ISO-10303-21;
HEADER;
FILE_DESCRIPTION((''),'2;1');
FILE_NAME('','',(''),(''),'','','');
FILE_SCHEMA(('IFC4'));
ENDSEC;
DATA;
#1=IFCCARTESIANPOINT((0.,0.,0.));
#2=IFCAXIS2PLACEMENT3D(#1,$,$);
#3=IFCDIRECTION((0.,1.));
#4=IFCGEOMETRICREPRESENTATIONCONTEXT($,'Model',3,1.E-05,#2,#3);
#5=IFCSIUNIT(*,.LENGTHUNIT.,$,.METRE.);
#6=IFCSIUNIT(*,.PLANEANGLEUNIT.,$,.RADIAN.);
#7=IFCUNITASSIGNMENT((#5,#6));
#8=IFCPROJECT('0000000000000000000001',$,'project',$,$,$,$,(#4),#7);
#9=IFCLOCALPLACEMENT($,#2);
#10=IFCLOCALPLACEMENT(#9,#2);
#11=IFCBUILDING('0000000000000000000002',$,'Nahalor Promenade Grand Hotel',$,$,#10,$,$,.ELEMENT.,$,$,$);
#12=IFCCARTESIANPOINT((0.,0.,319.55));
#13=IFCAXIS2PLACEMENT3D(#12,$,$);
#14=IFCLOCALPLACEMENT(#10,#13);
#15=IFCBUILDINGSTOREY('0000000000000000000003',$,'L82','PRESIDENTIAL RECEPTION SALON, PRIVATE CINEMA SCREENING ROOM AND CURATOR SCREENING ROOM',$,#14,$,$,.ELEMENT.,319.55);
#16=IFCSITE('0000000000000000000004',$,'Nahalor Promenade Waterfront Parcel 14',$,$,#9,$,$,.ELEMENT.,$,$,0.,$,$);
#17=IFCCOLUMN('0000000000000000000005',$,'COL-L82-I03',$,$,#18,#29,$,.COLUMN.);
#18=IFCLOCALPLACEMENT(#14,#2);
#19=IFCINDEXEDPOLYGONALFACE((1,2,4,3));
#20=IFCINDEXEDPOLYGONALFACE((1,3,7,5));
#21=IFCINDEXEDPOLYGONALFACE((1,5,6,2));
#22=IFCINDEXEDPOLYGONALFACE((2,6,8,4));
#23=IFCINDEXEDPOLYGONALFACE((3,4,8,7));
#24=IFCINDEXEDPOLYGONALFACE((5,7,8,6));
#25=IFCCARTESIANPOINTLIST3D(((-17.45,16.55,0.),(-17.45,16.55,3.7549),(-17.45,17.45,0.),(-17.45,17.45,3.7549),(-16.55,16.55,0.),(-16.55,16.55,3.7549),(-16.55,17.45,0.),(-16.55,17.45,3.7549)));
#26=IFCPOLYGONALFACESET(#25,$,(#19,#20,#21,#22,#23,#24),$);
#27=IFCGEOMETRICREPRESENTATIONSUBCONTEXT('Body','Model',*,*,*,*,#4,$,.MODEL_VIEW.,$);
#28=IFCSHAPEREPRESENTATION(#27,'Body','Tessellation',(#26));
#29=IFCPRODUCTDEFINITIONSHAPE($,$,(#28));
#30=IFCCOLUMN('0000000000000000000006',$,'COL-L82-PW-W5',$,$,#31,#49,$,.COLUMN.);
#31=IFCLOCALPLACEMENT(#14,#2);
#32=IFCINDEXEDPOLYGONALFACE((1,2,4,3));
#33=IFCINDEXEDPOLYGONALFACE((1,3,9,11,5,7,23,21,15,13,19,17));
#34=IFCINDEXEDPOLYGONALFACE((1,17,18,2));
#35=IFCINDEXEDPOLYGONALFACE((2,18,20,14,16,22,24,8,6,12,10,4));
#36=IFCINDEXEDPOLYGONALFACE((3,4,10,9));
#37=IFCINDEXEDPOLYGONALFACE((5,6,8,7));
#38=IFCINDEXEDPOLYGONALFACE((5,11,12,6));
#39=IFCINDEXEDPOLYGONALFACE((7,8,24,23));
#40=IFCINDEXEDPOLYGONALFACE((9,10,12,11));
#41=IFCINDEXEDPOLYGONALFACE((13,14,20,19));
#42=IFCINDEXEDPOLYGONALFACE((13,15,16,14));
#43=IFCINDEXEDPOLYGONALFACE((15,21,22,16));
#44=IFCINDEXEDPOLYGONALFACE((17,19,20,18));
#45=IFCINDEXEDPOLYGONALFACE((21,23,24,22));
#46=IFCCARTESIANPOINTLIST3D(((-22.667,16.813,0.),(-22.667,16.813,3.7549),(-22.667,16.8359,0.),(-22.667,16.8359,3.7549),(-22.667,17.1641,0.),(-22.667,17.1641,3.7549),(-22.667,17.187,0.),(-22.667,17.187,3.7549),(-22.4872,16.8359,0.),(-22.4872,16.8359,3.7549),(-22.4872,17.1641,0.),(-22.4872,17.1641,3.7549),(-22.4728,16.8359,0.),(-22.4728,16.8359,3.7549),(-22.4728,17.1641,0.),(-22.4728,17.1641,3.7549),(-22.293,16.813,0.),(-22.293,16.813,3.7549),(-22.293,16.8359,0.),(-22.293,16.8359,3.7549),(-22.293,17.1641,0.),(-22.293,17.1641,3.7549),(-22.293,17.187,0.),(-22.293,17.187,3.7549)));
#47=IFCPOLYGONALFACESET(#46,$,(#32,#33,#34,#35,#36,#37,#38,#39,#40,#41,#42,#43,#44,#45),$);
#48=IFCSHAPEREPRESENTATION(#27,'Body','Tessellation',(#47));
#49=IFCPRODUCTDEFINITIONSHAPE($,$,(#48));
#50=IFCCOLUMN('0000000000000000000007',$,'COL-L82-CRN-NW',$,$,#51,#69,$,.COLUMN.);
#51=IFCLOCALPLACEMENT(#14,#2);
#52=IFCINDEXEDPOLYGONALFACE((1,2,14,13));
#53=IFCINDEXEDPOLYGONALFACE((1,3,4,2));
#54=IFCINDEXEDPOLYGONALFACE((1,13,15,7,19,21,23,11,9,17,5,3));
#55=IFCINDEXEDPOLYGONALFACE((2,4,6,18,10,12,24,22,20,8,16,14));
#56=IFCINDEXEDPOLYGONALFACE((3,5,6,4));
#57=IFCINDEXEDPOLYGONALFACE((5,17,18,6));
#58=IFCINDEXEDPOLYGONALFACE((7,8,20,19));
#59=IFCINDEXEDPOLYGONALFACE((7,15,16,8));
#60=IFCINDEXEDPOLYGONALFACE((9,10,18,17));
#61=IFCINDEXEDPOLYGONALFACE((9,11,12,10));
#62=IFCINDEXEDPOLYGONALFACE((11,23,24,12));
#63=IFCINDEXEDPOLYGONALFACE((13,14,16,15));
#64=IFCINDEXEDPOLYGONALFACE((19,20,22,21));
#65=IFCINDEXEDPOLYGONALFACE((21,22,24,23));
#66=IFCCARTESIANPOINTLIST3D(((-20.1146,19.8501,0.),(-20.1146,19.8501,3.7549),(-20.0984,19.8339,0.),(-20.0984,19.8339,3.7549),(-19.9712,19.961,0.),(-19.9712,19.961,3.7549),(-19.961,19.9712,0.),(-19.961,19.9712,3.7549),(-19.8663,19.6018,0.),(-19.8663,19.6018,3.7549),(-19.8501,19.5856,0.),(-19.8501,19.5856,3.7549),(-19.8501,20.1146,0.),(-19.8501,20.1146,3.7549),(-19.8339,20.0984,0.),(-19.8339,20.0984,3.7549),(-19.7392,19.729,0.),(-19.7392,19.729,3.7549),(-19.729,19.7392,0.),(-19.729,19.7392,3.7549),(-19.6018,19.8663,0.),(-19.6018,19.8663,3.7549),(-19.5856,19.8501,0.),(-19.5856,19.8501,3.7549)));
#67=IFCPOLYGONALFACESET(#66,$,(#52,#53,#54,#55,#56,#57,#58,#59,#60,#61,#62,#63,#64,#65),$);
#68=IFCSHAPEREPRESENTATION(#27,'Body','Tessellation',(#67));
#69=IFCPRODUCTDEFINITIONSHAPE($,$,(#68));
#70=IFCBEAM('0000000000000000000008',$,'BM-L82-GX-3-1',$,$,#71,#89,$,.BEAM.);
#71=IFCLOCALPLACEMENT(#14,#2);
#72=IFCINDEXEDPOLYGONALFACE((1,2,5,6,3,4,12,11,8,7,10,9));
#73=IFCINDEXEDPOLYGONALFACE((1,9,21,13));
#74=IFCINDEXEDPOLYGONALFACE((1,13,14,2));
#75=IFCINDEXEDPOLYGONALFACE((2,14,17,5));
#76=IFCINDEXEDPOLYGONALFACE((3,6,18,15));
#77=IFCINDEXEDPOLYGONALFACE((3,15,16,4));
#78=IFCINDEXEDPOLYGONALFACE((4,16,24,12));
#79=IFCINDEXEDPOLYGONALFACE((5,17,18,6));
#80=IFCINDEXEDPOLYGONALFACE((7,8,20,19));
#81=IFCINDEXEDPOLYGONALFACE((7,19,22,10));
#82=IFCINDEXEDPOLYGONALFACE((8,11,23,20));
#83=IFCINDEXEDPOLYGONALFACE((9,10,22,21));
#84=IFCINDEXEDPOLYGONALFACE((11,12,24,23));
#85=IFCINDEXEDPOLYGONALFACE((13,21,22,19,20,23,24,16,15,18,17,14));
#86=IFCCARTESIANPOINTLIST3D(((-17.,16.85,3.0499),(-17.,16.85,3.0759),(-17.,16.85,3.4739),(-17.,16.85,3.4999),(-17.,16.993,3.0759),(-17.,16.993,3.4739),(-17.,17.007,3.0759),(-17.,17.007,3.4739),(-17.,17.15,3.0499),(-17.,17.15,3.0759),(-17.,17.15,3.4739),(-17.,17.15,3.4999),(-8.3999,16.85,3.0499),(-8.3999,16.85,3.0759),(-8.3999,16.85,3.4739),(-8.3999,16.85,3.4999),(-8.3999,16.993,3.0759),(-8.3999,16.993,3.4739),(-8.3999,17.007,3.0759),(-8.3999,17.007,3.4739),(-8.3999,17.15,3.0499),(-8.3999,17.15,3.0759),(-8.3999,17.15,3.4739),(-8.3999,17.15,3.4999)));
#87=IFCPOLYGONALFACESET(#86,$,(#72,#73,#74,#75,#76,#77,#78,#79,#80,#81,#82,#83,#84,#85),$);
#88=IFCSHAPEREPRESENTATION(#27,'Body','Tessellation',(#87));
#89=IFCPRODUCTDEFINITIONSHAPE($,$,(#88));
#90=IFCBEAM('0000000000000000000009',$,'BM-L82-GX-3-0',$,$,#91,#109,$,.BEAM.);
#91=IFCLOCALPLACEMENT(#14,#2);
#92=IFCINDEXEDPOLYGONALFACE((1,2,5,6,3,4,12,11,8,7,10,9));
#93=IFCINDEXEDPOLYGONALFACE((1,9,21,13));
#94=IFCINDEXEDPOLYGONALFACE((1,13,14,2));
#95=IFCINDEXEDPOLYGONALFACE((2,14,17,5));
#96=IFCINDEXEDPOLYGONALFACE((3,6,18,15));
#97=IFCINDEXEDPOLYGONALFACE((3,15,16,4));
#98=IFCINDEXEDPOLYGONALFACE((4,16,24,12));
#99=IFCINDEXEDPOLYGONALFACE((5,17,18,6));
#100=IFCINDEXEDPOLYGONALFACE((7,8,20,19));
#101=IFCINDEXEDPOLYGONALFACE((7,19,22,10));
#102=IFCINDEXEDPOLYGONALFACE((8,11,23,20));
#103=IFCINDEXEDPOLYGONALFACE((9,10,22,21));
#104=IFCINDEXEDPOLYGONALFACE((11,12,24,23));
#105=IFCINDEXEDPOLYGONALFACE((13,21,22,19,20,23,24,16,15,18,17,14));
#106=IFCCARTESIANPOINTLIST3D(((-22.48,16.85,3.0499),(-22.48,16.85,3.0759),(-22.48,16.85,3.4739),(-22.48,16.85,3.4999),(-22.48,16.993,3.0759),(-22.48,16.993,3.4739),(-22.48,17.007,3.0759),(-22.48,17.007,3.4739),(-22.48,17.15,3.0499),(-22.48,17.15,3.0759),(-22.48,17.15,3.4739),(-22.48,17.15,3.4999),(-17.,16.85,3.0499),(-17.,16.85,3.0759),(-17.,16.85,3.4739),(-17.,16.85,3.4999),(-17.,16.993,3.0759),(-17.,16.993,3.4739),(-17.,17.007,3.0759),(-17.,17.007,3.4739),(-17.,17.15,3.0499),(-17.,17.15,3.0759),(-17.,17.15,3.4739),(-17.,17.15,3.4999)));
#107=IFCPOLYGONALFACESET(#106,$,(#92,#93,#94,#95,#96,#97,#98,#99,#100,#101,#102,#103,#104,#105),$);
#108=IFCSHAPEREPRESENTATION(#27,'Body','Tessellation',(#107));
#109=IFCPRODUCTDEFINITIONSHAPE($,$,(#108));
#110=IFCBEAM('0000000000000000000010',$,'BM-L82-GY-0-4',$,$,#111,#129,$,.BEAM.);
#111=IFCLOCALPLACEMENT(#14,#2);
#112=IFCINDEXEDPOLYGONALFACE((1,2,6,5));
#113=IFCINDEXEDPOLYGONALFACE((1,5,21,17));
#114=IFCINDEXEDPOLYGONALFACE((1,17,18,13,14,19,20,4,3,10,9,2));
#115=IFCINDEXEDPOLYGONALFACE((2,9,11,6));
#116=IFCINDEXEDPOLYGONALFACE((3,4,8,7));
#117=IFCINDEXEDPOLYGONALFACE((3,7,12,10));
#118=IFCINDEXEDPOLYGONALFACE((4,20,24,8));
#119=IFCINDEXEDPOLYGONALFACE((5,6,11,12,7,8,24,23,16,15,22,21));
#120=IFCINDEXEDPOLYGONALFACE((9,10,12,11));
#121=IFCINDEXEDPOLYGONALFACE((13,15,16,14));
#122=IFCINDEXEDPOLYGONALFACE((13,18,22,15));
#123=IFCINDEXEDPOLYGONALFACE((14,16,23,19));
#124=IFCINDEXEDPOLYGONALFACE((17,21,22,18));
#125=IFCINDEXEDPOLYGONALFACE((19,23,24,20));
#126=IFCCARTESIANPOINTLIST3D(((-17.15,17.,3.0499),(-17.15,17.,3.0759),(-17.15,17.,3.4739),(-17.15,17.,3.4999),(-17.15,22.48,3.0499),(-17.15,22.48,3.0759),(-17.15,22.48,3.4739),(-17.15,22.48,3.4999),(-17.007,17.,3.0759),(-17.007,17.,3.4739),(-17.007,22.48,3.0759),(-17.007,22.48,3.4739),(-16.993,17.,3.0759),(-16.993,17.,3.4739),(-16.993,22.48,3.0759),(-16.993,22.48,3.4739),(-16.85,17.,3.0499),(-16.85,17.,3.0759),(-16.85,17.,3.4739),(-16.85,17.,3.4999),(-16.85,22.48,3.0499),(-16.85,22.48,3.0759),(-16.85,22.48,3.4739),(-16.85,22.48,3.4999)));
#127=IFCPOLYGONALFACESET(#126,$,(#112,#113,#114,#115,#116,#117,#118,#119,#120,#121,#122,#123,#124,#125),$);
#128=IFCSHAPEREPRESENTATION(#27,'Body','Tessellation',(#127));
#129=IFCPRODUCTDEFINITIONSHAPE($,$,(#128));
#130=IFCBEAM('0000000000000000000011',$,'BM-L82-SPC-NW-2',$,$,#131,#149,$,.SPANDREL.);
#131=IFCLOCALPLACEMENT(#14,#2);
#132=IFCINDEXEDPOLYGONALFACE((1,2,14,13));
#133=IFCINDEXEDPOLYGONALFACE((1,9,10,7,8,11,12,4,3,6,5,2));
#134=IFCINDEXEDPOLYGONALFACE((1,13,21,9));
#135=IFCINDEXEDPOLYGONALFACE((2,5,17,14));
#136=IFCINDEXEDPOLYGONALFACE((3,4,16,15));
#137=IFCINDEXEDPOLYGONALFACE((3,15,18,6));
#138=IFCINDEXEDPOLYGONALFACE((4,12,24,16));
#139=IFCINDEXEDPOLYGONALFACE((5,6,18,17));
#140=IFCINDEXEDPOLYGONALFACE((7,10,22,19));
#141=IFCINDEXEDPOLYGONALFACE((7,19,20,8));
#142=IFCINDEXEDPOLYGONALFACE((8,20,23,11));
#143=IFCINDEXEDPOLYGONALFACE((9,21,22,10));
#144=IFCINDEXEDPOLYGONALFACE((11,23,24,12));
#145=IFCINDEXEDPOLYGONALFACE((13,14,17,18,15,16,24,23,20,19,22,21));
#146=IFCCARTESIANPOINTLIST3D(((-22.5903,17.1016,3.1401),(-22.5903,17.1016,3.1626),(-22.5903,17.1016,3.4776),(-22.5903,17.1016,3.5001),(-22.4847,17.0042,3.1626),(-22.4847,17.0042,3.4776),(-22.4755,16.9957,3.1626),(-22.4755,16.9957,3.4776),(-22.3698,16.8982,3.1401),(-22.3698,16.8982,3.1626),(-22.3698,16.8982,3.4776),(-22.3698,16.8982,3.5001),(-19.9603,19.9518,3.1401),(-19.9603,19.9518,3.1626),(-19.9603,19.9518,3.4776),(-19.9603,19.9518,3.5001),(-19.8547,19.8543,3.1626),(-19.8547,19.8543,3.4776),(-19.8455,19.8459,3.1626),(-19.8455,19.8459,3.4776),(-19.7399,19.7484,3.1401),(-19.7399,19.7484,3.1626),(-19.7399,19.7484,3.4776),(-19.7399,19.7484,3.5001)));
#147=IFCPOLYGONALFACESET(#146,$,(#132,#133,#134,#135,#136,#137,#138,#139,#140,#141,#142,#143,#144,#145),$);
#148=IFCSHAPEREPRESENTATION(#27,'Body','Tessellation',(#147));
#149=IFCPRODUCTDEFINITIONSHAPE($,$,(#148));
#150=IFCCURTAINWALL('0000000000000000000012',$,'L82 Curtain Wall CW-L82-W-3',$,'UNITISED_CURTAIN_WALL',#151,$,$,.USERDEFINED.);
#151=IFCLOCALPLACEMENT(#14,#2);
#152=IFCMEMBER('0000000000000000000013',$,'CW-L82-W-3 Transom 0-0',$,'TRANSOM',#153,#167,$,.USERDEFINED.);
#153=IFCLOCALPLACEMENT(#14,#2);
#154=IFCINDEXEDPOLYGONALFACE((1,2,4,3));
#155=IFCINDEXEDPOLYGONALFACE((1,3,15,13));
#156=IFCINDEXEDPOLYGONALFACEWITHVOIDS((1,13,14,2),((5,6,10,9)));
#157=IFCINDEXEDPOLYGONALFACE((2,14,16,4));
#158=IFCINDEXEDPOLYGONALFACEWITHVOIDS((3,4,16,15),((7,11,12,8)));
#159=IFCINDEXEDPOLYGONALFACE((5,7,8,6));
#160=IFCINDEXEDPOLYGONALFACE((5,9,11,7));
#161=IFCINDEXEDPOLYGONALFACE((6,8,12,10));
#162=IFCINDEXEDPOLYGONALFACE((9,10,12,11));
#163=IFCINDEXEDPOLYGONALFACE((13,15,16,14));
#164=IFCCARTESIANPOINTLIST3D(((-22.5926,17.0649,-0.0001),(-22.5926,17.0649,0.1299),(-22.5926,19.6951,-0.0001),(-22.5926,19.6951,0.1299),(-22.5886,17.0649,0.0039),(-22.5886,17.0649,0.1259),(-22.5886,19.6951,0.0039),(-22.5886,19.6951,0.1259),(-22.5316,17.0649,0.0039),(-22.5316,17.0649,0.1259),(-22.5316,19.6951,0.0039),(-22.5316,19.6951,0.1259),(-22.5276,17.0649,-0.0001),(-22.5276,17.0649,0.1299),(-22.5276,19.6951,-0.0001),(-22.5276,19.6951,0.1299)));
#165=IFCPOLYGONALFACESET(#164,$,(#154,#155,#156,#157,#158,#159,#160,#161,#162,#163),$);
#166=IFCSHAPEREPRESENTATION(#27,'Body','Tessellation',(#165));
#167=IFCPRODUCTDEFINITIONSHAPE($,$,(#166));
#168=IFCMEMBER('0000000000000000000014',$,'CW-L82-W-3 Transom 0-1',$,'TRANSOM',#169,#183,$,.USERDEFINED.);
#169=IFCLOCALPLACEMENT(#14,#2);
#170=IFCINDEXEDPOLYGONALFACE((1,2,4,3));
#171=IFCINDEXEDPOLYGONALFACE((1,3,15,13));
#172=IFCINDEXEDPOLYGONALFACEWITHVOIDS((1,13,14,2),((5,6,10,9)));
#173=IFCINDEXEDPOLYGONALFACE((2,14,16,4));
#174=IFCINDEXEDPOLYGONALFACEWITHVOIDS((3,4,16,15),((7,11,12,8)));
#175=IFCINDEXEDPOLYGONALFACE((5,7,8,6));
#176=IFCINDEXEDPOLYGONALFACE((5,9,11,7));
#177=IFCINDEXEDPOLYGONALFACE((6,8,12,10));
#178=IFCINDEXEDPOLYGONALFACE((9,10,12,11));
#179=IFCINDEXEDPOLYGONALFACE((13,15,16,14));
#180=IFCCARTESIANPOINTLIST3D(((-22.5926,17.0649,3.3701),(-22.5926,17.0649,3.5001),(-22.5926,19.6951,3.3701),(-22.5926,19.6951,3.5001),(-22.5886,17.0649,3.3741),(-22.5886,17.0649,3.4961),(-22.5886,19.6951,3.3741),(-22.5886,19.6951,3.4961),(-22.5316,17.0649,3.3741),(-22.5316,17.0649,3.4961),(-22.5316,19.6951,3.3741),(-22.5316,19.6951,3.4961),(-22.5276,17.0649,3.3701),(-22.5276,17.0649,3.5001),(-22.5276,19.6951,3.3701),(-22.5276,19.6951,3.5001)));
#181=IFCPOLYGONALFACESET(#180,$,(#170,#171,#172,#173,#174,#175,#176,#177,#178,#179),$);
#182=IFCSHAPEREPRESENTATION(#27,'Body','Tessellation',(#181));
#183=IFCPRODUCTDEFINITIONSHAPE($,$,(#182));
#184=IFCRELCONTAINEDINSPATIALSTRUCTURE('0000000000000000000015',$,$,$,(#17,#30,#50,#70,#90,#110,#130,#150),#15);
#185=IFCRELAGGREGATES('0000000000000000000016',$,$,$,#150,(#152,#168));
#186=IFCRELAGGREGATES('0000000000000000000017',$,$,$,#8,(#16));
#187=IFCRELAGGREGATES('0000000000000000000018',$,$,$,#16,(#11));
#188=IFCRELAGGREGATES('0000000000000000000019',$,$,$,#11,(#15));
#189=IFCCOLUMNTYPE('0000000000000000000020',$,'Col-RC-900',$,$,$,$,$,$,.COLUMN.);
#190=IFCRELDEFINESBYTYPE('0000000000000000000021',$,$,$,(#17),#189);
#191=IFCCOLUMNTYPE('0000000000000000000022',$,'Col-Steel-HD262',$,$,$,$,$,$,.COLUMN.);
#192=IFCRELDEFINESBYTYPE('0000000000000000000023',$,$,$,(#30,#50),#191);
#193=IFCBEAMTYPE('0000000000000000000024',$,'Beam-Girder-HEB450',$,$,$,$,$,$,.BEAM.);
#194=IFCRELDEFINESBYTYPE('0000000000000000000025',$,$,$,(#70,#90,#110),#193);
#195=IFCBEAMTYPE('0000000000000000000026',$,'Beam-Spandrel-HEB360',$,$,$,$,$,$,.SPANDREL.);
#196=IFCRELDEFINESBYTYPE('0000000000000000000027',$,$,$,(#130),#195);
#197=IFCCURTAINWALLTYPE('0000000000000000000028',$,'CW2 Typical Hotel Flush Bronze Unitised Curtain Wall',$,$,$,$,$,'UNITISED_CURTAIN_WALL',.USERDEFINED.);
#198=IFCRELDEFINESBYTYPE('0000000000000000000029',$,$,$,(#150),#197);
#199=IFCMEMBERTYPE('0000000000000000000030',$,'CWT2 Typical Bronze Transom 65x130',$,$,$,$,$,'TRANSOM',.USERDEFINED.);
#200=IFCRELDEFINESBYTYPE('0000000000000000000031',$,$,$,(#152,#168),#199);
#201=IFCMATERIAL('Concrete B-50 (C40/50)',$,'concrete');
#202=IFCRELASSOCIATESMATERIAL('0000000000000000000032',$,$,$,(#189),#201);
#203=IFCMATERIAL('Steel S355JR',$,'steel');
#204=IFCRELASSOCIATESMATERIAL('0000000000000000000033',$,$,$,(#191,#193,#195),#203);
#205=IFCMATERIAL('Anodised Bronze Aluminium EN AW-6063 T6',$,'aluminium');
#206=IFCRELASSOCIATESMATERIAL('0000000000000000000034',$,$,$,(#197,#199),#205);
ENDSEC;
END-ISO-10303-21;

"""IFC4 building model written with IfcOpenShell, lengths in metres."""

from ifc_helpers import new_model, si_unit, direction, frame, origin, origin_2d, place, context, subcontext, project, spatial, rectangle, hollow_rectangle, i_section, extrude, source, transform, mapped, material, material_profile, profile_set, type_object, element, aggregate, save


model = new_model("IFC4")

# Units and contexts
model_context = context("Model", 3, precision=1e-05, world=origin(), true_north=direction((0.0, 1.0)))
body_context = subcontext(model_context, "Body", "Model", "MODEL_VIEW")
ifc_project = project(units=[si_unit("LENGTHUNIT", "METRE"), si_unit("PLANEANGLEUNIT", "RADIAN")], contexts=[model_context])

# Site, building, storey
site_placement = place(None, origin())
site = spatial("IfcSite", under=ifc_project, at=site_placement, Name="Nahalor Promenade Waterfront Parcel 14", CompositionType="ELEMENT", RefElevation=0.0)
building_placement = place(site_placement, origin())
building = spatial("IfcBuilding", under=site, at=building_placement, Name="Nahalor Promenade Grand Hotel", CompositionType="ELEMENT")
storey_placement = place(building_placement, frame((0.0, 0.0, 319.55)))
storey = spatial("IfcBuildingStorey", under=building, at=storey_placement, Name="L82", Description="PRESIDENTIAL RECEPTION SALON, PRIVATE CINEMA SCREENING ROOM AND CURATOR SCREENING ROOM", CompositionType="ELEMENT", Elevation=319.55)

# Columns
ifc_material_1 = material(Name="Concrete B-50 (C40/50)", Category="concrete")
ifc_material_profile_1 = material_profile(ifc_material_1, rectangle(XDim=0.9, YDim=0.9, at=origin_2d()), Name="RC 900x900")
ifc_profile_set_1 = profile_set([ifc_material_profile_1], Name="Concrete B-50 (C40/50)")
column_type_1 = type_object("IfcColumnType", Name="Col-RC-900", PredefinedType="COLUMN", material=ifc_profile_set_1)
shared_shape_1 = source(origin(), body_context, "Body", "SweptSolid", [
    extrude(rectangle(XDim=0.9, YDim=0.9, at=origin_2d()), origin(), (0.0, 0.0, 1.0), 3.7549),
])
column_placement = place(storey_placement, frame((-17.0, 17.0, 0.0), z_axis=(0.0, 0.0, 1.0), x_axis=(1.0, 0.0, 0.0)))
element("IfcColumn", 1, at=column_placement, inside=storey, type_object=column_type_1, Name="COL-L82-I03", PredefinedType="COLUMN", context=body_context, shape_type="MappedRepresentation", body=[
    mapped(shared_shape_1, transform((0.0, 0.0, 0.0), scale=1.0)),
])
ifc_material_2 = material(Name="Steel S355JR", Category="steel")
ifc_material_profile_2 = material_profile(ifc_material_2, i_section(OverallWidth=0.374, OverallDepth=0.374, WebThickness=0.0144, FlangeThickness=0.0229, at=origin_2d()), Name="HD 360x262")
ifc_profile_set_2 = profile_set([ifc_material_profile_2], Name="Steel S355JR")
column_type_2 = type_object("IfcColumnType", Name="Col-Steel-HD262", PredefinedType="COLUMN", material=ifc_profile_set_2)
shared_shape_2 = source(origin(), body_context, "Body", "SweptSolid", [
    extrude(i_section(OverallWidth=0.374, OverallDepth=0.374, WebThickness=0.0144, FlangeThickness=0.0229, at=origin_2d()), origin(), (0.0, 0.0, 1.0), 3.7549),
])
for number, where, z_axis, x_axis, name in (
    (2, (-22.48, 17.0, 0.0), (0.0, 0.0, 1.0), (1.0, 0.0, 0.0), "COL-L82-PW-W5"),
    (3, (-19.8501, 19.8501, 0.0), (0.0, 0.0, 1.0), (0.707107, 0.707107, 0.0), "COL-L82-CRN-NW"),
):
    element("IfcColumn", number, at=place(storey_placement, frame(where, z_axis=z_axis, x_axis=x_axis)), inside=storey, type_object=column_type_2, Name=name, PredefinedType="COLUMN", context=body_context, shape_type="MappedRepresentation", body=[
        mapped(shared_shape_2, transform((0.0, 0.0, 0.0), scale=1.0)),
    ])

# Beams
ifc_material_profile_3 = material_profile(ifc_material_2, i_section(OverallWidth=0.3, OverallDepth=0.45, WebThickness=0.014, FlangeThickness=0.026, at=origin_2d()), Name="HEB 450")
ifc_profile_set_3 = profile_set([ifc_material_profile_3], Name="Steel S355JR")
beam_type_1 = type_object("IfcBeamType", Name="Beam-Girder-HEB450", PredefinedType="BEAM", material=ifc_profile_set_3)
shared_shape_3 = source(origin(), body_context, "Body", "SweptSolid", [
    extrude(i_section(OverallWidth=0.3, OverallDepth=0.45, WebThickness=0.014, FlangeThickness=0.026, at=origin_2d()), origin(), (0.0, 0.0, 1.0), 8.6001),
])
beam_1_placement = place(storey_placement, frame((-17.0, 17.0, 3.2749), z_axis=(1.0, 0.0, 0.0), x_axis=(0.0, 1.0, 0.0)))
element("IfcBeam", 4, at=beam_1_placement, inside=storey, type_object=beam_type_1, Name="BM-L82-GX-3-1", PredefinedType="BEAM", context=body_context, shape_type="MappedRepresentation", body=[
    mapped(shared_shape_3, transform((0.0, 0.0, 0.0), scale=1.0)),
])
shared_shape_4 = source(origin(), body_context, "Body", "SweptSolid", [
    extrude(i_section(OverallWidth=0.3, OverallDepth=0.45, WebThickness=0.014, FlangeThickness=0.026, at=origin_2d()), origin(), (0.0, 0.0, 1.0), 5.48),
])
for number, where, z_axis, x_axis, name in (
    (5, (-22.48, 17.0, 3.2749), (1.0, 0.0, 0.0), (0.0, 1.0, 0.0), "BM-L82-GX-3-0"),
    (6, (-17.0, 17.0, 3.2749), (0.0, 1.0, 0.0), (-1.0, 0.0, 0.0), "BM-L82-GY-0-4"),
):
    element("IfcBeam", number, at=place(storey_placement, frame(where, z_axis=z_axis, x_axis=x_axis)), inside=storey, type_object=beam_type_1, Name=name, PredefinedType="BEAM", context=body_context, shape_type="MappedRepresentation", body=[
        mapped(shared_shape_4, transform((0.0, 0.0, 0.0), scale=1.0)),
    ])
ifc_material_profile_4 = material_profile(ifc_material_2, i_section(OverallWidth=0.3, OverallDepth=0.36, WebThickness=0.0125, FlangeThickness=0.0225, at=origin_2d()), Name="HEB 360")
ifc_profile_set_4 = profile_set([ifc_material_profile_4], Name="Steel S355JR")
beam_type_2 = type_object("IfcBeamType", Name="Beam-Spandrel-HEB360", PredefinedType="SPANDREL", material=ifc_profile_set_4)
shared_shape_5 = source(origin(), body_context, "Body", "SweptSolid", [
    extrude(i_section(OverallWidth=0.3, OverallDepth=0.36, WebThickness=0.0125, FlangeThickness=0.0225, at=origin_2d()), origin(), (0.0, 0.0, 1.0), 3.8782),
])
beam_2_placement = place(storey_placement, frame((-19.8501, 19.8501, 3.3201), z_axis=(-0.678144, -0.734929, 0.0), x_axis=(0.734929, -0.678144, 0.0)))
element("IfcBeam", 7, at=beam_2_placement, inside=storey, type_object=beam_type_2, Name="BM-L82-SPC-NW-2", PredefinedType="SPANDREL", context=body_context, shape_type="MappedRepresentation", body=[
    mapped(shared_shape_5, transform((0.0, 0.0, 0.0), scale=1.0)),
])

# Curtain wall, members
ifc_material_3 = material(Name="Anodised Bronze Aluminium EN AW-6063 T6", Category="aluminium")
curtain_wall_type = type_object("IfcCurtainWallType", Name="CW2 Typical Hotel Flush Bronze Unitised Curtain Wall", ElementType="UNITISED_CURTAIN_WALL", PredefinedType="USERDEFINED", material=ifc_material_3)
curtain_wall_1_placement = place(storey_placement, origin())
curtain_wall_1 = element("IfcCurtainWall", 8, at=curtain_wall_1_placement, inside=storey, type_object=curtain_wall_type, Name="L82 Curtain Wall CW-L82-W-3", ObjectType="UNITISED_CURTAIN_WALL", PredefinedType="USERDEFINED")
ifc_material_profile_5 = material_profile(ifc_material_3, hollow_rectangle(XDim=0.065, YDim=0.13, WallThickness=0.004, at=origin_2d()), Name="CWT 65x130x4")
ifc_profile_set_5 = profile_set([ifc_material_profile_5], Name="Anodised Bronze Aluminium EN AW-6063 T6")
member_type_1 = type_object("IfcMemberType", Name="CWT2 Typical Bronze Transom 65x130", ElementType="TRANSOM", PredefinedType="USERDEFINED", material=ifc_profile_set_5)
shared_shape_6 = source(origin(), body_context, "Body", "SweptSolid", [
    extrude(hollow_rectangle(XDim=0.065, YDim=0.13, WallThickness=0.004, at=origin_2d()), origin(), (0.0, 0.0, 1.0), 2.6301),
])
member_1_placement = place(storey_placement, frame((-22.5601, 17.0649, 0.0649), z_axis=(0.0, 1.0, 0.0), x_axis=(-1.0, 0.0, 0.0)))
member_1 = element("IfcMember", 9, at=member_1_placement, type_object=member_type_1, Name="CW-L82-W-3 Transom 0-0", ObjectType="TRANSOM", PredefinedType="USERDEFINED", context=body_context, shape_type="MappedRepresentation", body=[
    mapped(shared_shape_6, transform((0.0, 0.0, 0.0), scale=1.0)),
])
member_2_placement = place(storey_placement, frame((-22.5601, 17.0649, 3.4351), z_axis=(0.0, 1.0, 0.0), x_axis=(-1.0, 0.0, 0.0)))
member_2 = element("IfcMember", 10, at=member_2_placement, type_object=member_type_1, Name="CW-L82-W-3 Transom 0-1", ObjectType="TRANSOM", PredefinedType="USERDEFINED", context=body_context, shape_type="MappedRepresentation", body=[
    mapped(shared_shape_6, transform((0.0, 0.0, 0.0), scale=1.0)),
])

aggregate(curtain_wall_1, [member_1, member_2])

save(model, "model.ifc")
